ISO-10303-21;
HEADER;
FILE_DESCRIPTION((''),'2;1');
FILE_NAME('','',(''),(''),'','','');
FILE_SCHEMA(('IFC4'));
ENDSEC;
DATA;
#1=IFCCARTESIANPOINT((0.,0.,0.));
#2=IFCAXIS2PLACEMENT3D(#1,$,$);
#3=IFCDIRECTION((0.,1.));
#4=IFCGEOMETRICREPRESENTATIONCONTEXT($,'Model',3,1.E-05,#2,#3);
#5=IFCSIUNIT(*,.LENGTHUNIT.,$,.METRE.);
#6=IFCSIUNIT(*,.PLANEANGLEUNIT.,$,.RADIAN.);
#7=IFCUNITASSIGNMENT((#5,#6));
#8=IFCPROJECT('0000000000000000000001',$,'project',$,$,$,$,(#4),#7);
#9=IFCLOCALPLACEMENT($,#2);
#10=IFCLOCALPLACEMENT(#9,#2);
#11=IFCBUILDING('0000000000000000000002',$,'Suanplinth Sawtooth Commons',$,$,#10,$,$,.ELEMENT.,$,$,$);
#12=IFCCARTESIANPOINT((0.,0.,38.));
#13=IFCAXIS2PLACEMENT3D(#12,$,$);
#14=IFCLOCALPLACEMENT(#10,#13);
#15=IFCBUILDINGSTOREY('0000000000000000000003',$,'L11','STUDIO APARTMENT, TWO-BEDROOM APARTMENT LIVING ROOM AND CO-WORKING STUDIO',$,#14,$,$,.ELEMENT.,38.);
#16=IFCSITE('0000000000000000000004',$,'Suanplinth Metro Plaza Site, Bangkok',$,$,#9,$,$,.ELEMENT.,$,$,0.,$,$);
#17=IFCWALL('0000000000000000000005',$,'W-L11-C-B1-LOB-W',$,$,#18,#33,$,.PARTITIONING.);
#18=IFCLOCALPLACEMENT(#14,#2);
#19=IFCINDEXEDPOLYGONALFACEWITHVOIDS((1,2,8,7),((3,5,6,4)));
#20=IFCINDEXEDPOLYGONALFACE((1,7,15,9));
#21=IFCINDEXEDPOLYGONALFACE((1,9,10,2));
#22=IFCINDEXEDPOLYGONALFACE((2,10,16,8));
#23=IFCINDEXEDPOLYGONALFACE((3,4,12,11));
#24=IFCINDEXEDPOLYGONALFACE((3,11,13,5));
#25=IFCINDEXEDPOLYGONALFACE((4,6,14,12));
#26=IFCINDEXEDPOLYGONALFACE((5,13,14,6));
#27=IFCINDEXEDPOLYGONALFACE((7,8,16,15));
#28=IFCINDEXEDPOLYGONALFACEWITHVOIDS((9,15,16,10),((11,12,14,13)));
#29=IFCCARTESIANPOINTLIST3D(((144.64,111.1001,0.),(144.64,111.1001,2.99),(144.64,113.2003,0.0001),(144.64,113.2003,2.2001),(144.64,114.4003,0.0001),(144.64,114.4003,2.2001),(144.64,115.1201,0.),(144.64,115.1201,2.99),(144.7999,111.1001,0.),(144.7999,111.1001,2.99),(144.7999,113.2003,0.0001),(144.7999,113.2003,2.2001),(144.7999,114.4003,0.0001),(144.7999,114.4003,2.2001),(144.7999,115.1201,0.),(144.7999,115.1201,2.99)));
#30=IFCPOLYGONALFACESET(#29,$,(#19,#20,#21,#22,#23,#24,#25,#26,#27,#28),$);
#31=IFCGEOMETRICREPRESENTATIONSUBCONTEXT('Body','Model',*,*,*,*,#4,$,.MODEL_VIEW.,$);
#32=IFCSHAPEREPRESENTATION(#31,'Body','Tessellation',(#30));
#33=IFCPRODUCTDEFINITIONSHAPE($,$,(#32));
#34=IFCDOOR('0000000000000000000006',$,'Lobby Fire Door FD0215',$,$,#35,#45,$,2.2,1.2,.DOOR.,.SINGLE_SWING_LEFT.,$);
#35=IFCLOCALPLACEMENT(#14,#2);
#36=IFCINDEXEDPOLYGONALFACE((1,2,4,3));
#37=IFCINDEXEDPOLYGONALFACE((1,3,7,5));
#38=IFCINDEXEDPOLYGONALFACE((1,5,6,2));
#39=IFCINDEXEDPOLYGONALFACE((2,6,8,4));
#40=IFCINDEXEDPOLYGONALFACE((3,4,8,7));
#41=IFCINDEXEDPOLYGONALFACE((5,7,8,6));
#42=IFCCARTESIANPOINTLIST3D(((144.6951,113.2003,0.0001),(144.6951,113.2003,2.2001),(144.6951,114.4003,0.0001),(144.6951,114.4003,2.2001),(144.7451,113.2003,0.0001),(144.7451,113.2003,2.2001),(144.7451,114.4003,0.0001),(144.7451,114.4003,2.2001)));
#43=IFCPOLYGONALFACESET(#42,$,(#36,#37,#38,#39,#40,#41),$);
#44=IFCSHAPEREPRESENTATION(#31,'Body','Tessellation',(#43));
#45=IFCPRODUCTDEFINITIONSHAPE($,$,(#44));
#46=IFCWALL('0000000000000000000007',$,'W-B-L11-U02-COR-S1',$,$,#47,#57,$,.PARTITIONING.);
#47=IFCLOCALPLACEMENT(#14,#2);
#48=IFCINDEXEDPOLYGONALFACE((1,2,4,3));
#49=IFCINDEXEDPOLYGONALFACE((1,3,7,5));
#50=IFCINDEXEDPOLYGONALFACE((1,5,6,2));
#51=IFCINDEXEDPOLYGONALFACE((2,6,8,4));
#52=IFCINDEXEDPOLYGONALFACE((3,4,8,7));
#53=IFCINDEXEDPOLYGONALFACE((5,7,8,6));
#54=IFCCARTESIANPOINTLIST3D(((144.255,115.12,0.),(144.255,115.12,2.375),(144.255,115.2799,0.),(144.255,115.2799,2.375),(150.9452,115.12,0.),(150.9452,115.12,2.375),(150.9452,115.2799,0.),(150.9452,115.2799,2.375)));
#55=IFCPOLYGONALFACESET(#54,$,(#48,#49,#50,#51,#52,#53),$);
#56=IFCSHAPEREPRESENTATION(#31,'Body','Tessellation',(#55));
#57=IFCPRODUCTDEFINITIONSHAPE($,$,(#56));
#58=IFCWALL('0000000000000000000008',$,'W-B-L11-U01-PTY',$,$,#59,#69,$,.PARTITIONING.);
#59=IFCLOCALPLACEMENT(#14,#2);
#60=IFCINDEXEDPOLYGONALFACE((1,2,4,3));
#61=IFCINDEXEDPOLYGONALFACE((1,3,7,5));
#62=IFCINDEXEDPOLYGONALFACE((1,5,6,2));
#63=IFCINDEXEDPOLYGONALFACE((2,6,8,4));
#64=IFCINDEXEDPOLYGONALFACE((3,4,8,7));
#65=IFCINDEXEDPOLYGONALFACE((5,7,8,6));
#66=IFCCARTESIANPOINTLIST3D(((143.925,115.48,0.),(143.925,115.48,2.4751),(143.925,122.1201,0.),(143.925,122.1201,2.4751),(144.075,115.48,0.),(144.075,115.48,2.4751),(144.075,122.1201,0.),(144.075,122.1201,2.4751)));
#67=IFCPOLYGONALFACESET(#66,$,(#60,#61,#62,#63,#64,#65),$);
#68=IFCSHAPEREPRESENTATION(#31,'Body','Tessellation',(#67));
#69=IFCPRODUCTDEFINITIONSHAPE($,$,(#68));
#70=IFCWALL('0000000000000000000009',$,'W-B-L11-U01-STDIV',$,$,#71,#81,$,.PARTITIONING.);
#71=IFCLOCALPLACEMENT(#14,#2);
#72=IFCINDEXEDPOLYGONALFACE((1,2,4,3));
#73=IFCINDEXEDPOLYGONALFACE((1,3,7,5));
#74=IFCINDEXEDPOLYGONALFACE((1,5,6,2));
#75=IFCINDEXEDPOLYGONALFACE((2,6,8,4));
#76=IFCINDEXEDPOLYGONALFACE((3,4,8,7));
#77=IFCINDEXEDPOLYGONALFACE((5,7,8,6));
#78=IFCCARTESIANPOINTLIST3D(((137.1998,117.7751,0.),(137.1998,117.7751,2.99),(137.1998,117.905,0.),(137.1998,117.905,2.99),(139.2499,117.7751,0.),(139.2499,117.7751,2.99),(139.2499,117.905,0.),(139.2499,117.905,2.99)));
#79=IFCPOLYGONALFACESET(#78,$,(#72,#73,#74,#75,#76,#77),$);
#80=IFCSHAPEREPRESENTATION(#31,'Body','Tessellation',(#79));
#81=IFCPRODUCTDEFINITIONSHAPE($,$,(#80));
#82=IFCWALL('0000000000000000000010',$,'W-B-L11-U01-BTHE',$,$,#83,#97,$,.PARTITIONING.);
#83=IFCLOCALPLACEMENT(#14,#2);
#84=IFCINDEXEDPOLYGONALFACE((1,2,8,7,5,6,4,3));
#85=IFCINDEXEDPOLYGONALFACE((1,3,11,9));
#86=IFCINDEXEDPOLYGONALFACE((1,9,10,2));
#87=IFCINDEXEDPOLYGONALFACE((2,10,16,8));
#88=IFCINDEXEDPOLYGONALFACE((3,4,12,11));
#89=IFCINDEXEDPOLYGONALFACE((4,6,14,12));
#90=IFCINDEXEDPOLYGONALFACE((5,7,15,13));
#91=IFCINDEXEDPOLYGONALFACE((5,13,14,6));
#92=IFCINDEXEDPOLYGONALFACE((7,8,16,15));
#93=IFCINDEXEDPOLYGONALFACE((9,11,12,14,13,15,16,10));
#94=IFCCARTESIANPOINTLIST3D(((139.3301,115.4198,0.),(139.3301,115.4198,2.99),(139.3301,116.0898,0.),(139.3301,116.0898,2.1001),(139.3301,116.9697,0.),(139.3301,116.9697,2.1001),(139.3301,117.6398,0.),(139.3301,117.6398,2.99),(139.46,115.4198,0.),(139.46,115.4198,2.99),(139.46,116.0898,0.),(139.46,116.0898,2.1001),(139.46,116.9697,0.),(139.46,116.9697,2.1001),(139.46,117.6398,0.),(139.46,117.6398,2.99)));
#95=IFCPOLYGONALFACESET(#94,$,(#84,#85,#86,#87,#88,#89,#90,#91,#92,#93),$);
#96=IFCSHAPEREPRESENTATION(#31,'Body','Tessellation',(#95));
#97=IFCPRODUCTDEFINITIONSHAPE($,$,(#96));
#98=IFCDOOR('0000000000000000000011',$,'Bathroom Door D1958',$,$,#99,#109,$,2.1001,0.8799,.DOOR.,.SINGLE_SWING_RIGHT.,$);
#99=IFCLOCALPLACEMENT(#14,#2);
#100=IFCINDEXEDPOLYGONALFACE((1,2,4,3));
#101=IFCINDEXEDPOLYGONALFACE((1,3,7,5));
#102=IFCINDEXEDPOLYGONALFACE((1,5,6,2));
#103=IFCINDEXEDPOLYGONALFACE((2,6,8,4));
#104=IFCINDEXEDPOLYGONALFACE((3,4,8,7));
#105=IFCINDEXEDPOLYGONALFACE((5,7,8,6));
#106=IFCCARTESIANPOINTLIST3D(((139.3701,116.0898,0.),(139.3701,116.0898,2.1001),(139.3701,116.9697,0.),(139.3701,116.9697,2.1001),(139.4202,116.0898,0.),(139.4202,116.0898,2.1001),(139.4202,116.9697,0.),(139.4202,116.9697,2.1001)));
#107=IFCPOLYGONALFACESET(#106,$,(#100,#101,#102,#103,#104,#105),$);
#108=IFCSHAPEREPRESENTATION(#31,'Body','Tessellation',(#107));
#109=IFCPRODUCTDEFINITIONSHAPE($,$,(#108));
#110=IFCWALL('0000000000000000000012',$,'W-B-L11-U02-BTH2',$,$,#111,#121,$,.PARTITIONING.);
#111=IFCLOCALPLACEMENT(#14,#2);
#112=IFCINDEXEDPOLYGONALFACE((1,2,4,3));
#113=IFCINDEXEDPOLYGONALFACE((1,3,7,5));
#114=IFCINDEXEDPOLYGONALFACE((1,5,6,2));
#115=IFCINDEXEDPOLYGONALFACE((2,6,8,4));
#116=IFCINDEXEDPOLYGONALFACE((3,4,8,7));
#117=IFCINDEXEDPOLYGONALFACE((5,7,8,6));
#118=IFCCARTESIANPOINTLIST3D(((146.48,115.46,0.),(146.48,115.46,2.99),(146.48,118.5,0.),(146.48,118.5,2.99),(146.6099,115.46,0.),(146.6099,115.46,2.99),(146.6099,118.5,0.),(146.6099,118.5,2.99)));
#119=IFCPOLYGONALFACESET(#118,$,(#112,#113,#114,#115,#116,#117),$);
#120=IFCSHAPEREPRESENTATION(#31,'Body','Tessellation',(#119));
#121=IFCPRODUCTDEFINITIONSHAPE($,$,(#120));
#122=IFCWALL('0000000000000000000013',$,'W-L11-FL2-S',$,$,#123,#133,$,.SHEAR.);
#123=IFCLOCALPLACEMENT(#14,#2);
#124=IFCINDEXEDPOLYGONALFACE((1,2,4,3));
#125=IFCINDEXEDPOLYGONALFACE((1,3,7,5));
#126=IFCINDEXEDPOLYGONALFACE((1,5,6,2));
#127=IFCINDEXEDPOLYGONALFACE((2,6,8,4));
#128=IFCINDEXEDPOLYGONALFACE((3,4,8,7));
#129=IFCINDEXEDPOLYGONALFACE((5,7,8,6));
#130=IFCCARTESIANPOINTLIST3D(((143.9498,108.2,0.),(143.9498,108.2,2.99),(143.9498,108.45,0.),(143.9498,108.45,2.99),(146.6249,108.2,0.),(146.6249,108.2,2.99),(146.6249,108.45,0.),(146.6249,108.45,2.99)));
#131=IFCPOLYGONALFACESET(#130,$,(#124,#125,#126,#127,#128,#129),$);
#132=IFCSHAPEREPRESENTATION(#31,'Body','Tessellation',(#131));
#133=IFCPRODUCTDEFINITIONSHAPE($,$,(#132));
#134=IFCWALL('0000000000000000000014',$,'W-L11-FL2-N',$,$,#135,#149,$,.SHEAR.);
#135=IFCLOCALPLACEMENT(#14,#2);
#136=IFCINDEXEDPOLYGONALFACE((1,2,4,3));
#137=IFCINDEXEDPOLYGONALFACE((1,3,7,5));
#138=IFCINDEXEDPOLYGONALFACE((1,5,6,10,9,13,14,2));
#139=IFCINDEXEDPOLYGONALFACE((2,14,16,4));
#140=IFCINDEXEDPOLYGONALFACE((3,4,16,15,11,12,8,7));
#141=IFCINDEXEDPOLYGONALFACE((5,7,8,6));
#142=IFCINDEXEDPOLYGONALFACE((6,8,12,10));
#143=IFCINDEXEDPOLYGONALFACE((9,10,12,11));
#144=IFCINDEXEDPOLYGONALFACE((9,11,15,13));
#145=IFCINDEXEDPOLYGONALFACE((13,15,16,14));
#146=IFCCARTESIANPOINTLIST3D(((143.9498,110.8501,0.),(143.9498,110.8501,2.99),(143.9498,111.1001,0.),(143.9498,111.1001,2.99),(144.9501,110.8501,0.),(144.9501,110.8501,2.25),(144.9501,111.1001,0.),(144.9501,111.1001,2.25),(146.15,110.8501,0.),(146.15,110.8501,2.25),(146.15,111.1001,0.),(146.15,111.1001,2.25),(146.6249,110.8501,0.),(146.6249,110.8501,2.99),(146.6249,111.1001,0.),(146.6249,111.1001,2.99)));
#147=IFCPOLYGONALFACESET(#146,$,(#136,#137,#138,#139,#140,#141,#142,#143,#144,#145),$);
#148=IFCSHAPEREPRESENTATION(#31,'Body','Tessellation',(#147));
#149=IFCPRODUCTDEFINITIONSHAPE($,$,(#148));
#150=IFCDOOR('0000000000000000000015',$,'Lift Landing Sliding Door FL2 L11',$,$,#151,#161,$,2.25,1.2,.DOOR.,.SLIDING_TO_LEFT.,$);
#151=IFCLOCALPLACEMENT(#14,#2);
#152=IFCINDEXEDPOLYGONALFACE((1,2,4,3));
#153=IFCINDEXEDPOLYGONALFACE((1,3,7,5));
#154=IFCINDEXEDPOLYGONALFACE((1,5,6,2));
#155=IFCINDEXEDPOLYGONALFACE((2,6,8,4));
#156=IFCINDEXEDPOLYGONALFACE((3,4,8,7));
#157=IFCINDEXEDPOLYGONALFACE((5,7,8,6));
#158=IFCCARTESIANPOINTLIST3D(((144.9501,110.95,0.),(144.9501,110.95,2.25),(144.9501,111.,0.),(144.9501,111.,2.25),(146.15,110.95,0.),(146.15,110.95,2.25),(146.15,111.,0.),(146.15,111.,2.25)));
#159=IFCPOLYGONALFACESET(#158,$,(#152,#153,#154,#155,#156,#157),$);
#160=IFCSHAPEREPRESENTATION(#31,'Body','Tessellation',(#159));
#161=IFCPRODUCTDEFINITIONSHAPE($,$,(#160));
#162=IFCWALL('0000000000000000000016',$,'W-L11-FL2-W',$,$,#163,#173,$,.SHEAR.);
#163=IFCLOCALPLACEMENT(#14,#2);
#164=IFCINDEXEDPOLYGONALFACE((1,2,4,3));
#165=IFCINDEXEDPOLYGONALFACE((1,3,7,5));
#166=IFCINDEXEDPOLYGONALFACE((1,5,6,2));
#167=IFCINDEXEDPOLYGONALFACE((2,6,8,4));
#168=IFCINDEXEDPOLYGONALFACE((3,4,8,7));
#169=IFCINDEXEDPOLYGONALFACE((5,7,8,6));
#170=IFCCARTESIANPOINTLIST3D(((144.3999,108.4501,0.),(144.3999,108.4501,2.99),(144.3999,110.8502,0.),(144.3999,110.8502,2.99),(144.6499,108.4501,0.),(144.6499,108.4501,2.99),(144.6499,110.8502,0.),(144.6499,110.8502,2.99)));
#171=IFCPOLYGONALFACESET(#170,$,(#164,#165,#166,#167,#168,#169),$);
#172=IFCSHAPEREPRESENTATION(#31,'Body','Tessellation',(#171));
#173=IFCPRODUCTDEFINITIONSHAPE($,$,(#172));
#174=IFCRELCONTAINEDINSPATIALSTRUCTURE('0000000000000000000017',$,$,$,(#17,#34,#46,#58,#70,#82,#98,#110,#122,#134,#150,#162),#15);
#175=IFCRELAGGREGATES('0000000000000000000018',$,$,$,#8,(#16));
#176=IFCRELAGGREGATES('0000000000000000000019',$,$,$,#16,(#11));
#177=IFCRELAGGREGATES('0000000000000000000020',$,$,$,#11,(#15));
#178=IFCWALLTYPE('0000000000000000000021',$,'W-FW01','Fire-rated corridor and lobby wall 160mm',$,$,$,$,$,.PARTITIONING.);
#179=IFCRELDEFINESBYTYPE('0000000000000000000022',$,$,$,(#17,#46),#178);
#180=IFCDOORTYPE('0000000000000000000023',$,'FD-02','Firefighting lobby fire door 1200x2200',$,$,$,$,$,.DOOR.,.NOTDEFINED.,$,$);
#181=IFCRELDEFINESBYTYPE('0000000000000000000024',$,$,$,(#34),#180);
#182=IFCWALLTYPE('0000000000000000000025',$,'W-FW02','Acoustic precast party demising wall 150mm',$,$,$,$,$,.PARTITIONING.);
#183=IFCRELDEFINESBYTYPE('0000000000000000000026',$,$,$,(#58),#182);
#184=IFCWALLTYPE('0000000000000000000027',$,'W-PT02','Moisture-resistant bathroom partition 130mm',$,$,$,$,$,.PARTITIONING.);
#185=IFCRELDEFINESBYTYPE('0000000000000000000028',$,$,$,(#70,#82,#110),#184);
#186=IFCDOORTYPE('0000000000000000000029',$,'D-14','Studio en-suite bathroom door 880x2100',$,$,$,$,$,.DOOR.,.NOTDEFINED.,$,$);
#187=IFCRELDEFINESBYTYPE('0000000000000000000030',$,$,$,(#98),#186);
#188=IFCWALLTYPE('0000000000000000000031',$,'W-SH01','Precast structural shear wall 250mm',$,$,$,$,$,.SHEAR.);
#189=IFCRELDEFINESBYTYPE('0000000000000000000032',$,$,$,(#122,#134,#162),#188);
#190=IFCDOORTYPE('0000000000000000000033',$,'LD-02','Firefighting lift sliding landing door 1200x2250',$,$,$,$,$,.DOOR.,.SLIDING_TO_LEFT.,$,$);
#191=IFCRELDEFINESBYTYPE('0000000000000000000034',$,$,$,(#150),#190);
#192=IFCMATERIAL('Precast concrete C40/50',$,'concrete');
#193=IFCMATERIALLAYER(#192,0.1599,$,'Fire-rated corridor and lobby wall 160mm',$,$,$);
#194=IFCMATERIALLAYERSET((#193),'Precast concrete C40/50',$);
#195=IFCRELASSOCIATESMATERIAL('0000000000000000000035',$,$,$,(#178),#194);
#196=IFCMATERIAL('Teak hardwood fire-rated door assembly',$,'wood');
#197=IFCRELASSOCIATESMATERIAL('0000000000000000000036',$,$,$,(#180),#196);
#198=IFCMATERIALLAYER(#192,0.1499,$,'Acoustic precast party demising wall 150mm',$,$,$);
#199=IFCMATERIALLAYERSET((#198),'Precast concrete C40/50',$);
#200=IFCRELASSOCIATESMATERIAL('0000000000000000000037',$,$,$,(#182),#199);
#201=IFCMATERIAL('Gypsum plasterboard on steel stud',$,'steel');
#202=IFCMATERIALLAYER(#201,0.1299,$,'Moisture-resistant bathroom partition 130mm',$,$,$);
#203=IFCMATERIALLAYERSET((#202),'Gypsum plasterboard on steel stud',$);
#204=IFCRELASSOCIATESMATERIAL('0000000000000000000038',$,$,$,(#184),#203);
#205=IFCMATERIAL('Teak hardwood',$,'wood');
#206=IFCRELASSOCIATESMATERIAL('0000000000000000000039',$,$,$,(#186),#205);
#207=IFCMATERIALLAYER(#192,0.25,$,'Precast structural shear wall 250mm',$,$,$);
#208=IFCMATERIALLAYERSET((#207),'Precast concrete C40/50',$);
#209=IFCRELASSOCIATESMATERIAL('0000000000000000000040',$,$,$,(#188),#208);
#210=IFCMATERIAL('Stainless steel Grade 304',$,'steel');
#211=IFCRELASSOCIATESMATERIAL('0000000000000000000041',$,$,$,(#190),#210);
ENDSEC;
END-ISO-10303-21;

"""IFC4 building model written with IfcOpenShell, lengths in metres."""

from ifc_helpers import new_model, si_unit, direction, frame, frame_2d, origin, place, context, subcontext, project, spatial, rectangle, extrude, material, layer, layer_set, type_object, element, fill, save


model = new_model("IFC4")

# Units and contexts
model_context = context("Model", 3, precision=1e-05, world=origin(), true_north=direction((0.0, 1.0)))
body_context = subcontext(model_context, "Body", "Model", "MODEL_VIEW")
ifc_project = project(units=[si_unit("LENGTHUNIT", "METRE"), si_unit("PLANEANGLEUNIT", "RADIAN")], contexts=[model_context])

# Site, building, storey
site_placement = place(None, origin())
site = spatial("IfcSite", under=ifc_project, at=site_placement, Name="Suanplinth Metro Plaza Site, Bangkok", CompositionType="ELEMENT", RefElevation=0.0)
building_placement = place(site_placement, origin())
building = spatial("IfcBuilding", under=site, at=building_placement, Name="Suanplinth Sawtooth Commons", CompositionType="ELEMENT")
storey_placement = place(building_placement, frame((0.0, 0.0, 38.0)))
storey = spatial("IfcBuildingStorey", under=building, at=storey_placement, Name="L11", Description="STUDIO APARTMENT, TWO-BEDROOM APARTMENT LIVING ROOM AND CO-WORKING STUDIO", CompositionType="ELEMENT", Elevation=38.0)

# Shared definitions
ifc_material_1 = material(Name="Precast concrete C40/50", Category="concrete")

# Shared definitions
ifc_material_2 = material(Name="Teak hardwood fire-rated door assembly", Category="wood")

# Wall, opening, door
ifc_layer_1 = layer(ifc_material_1, 0.1599, Name="Fire-rated corridor and lobby wall 160mm")
ifc_layer_set_1 = layer_set([ifc_layer_1], Name="Precast concrete C40/50")
wall_type_1 = type_object("IfcWallType", Name="W-FW01", Description="Fire-rated corridor and lobby wall 160mm", PredefinedType="PARTITIONING", material=ifc_layer_set_1)
wall_1_placement = place(storey_placement, frame((144.72, 111.1001, 0.0), z_axis=(0.0, 0.0, 1.0), x_axis=(0.0, 1.0, 0.0)))
wall_1 = element("IfcWall", 1, at=wall_1_placement, inside=storey, type_object=wall_type_1, Name="W-L11-C-B1-LOB-W", PredefinedType="PARTITIONING", context=body_context, shape_type="SweptSolid", body=[
    extrude(rectangle(XDim=4.02, YDim=0.1599, at=frame_2d((2.01, 0.0))), origin(), (0.0, 0.0, 1.0), 2.99),
])
opening_1_placement = place(wall_1_placement, frame((2.1001, 0.0, 0.0)))
opening_1 = element("IfcOpeningElement", 2, at=opening_1_placement, cuts=wall_1, PredefinedType="OPENING", context=body_context, shape_type="SweptSolid", body=[
    extrude(rectangle(XDim=1.2, YDim=2.2, at=frame_2d((0.6001, 1.1001))), frame((0.0, 0.0947, 0.0), z_axis=(0.0, -1.0, 0.0), x_axis=(1.0, 0.0, 0.0)), (0.0, 0.0, 1.0), 0.1897),
])
door_type_1 = type_object("IfcDoorType", Name="FD-02", Description="Firefighting lobby fire door 1200x2200", OperationType="NOTDEFINED", PredefinedType="DOOR", material=ifc_material_2)
door_1_placement = place(opening_1_placement, origin())
door_1 = element("IfcDoor", 3, at=door_1_placement, inside=storey, type_object=door_type_1, Name="Lobby Fire Door FD0215", OperationType="SINGLE_SWING_LEFT", OverallHeight=2.2, OverallWidth=1.2, PredefinedType="DOOR", context=body_context, shape_type="SweptSolid", body=[
    extrude(rectangle(XDim=1.2, YDim=2.2, at=frame_2d((0.6001, 1.1001))), frame((0.0, 0.0249, 0.0), z_axis=(0.0, -1.0, 0.0), x_axis=(1.0, 0.0, 0.0)), (0.0, 0.0, 1.0), 0.05),
])
fill(opening_1, door_1)

# Walls
wall_2_placement = place(storey_placement, frame((144.2549, 115.2, 0.0), z_axis=(0.0, 0.0, 1.0), x_axis=(1.0, 0.0, 0.0)))
element("IfcWall", 4, at=wall_2_placement, inside=storey, type_object=wall_type_1, Name="W-B-L11-U02-COR-S1", PredefinedType="PARTITIONING", context=body_context, shape_type="SweptSolid", body=[
    extrude(rectangle(XDim=6.6902, YDim=0.1599, at=frame_2d((3.3452, 0.0))), origin(), (0.0, 0.0, 1.0), 2.375),
])
ifc_layer_2 = layer(ifc_material_1, 0.1499, Name="Acoustic precast party demising wall 150mm")
ifc_layer_set_2 = layer_set([ifc_layer_2], Name="Precast concrete C40/50")
wall_type_2 = type_object("IfcWallType", Name="W-FW02", Description="Acoustic precast party demising wall 150mm", PredefinedType="PARTITIONING", material=ifc_layer_set_2)
wall_3_placement = place(storey_placement, frame((144.0, 115.48, 0.0), z_axis=(0.0, 0.0, 1.0), x_axis=(0.0, 1.0, 0.0)))
element("IfcWall", 5, at=wall_3_placement, inside=storey, type_object=wall_type_2, Name="W-B-L11-U01-PTY", PredefinedType="PARTITIONING", context=body_context, shape_type="SweptSolid", body=[
    extrude(rectangle(XDim=6.6401, YDim=0.1499, at=frame_2d((3.3201, 0.0))), origin(), (0.0, 0.0, 1.0), 2.4751),
])
ifc_material_3 = material(Name="Gypsum plasterboard on steel stud", Category="steel")
ifc_layer_3 = layer(ifc_material_3, 0.1299, Name="Moisture-resistant bathroom partition 130mm")
ifc_layer_set_3 = layer_set([ifc_layer_3], Name="Gypsum plasterboard on steel stud")
wall_type_3 = type_object("IfcWallType", Name="W-PT02", Description="Moisture-resistant bathroom partition 130mm", PredefinedType="PARTITIONING", material=ifc_layer_set_3)
wall_4_placement = place(storey_placement, frame((137.2, 117.8401, 0.0), z_axis=(0.0, 0.0, 1.0), x_axis=(1.0, 0.0, 0.0)))
element("IfcWall", 6, at=wall_4_placement, inside=storey, type_object=wall_type_3, Name="W-B-L11-U01-STDIV", PredefinedType="PARTITIONING", context=body_context, shape_type="SweptSolid", body=[
    extrude(rectangle(XDim=2.05, YDim=0.1299, at=frame_2d((1.0249, 0.0))), origin(), (0.0, 0.0, 1.0), 2.99),
])

# Wall, opening, door
wall_5_placement = place(storey_placement, frame((139.395, 115.4199, 0.0), z_axis=(0.0, 0.0, 1.0), x_axis=(0.0, 1.0, 0.0)))
wall_5 = element("IfcWall", 7, at=wall_5_placement, inside=storey, type_object=wall_type_3, Name="W-B-L11-U01-BTHE", PredefinedType="PARTITIONING", context=body_context, shape_type="SweptSolid", body=[
    extrude(rectangle(XDim=2.22, YDim=0.1299, at=frame_2d((1.1099, 0.0))), origin(), (0.0, 0.0, 1.0), 2.99),
])
opening_2_placement = place(wall_5_placement, frame((0.6699, 0.0, 0.0)))
opening_2 = element("IfcOpeningElement", 8, at=opening_2_placement, cuts=wall_5, PredefinedType="OPENING", context=body_context, shape_type="SweptSolid", body=[
    extrude(rectangle(XDim=0.8799, YDim=2.1001, at=frame_2d((0.4399, 1.05))), frame((0.0, 0.0798, 0.0), z_axis=(0.0, -1.0, 0.0), x_axis=(1.0, 0.0, 0.0)), (0.0, 0.0, 1.0), 0.1597),
])
ifc_material_4 = material(Name="Teak hardwood", Category="wood")
door_type_2 = type_object("IfcDoorType", Name="D-14", Description="Studio en-suite bathroom door 880x2100", OperationType="NOTDEFINED", PredefinedType="DOOR", material=ifc_material_4)
door_2_placement = place(opening_2_placement, origin())
door_2 = element("IfcDoor", 9, at=door_2_placement, inside=storey, type_object=door_type_2, Name="Bathroom Door D1958", OperationType="SINGLE_SWING_RIGHT", OverallHeight=2.1001, OverallWidth=0.8799, PredefinedType="DOOR", context=body_context, shape_type="SweptSolid", body=[
    extrude(rectangle(XDim=0.8799, YDim=2.1001, at=frame_2d((0.4399, 1.05))), frame((0.0, 0.0249, 0.0), z_axis=(0.0, -1.0, 0.0), x_axis=(1.0, 0.0, 0.0)), (0.0, 0.0, 1.0), 0.05),
])
fill(opening_2, door_2)

# Walls
wall_6_placement = place(storey_placement, frame((146.5449, 115.46, 0.0), z_axis=(0.0, 0.0, 1.0), x_axis=(0.0, 1.0, 0.0)))
element("IfcWall", 10, at=wall_6_placement, inside=storey, type_object=wall_type_3, Name="W-B-L11-U02-BTH2", PredefinedType="PARTITIONING", context=body_context, shape_type="SweptSolid", body=[
    extrude(rectangle(XDim=3.04, YDim=0.1299, at=frame_2d((1.52, 0.0))), origin(), (0.0, 0.0, 1.0), 2.99),
])
ifc_layer_4 = layer(ifc_material_1, 0.25, Name="Precast structural shear wall 250mm")
ifc_layer_set_4 = layer_set([ifc_layer_4], Name="Precast concrete C40/50")
wall_type_4 = type_object("IfcWallType", Name="W-SH01", Description="Precast structural shear wall 250mm", PredefinedType="SHEAR", material=ifc_layer_set_4)
wall_7_placement = place(storey_placement, frame((143.95, 108.325, 0.0), z_axis=(0.0, 0.0, 1.0), x_axis=(1.0, 0.0, 0.0)))
element("IfcWall", 11, at=wall_7_placement, inside=storey, type_object=wall_type_4, Name="W-L11-FL2-S", PredefinedType="SHEAR", context=body_context, shape_type="SweptSolid", body=[
    extrude(rectangle(XDim=2.675, YDim=0.25, at=frame_2d((1.3374, 0.0))), origin(), (0.0, 0.0, 1.0), 2.99),
])

# Wall, opening, door
wall_8_placement = place(storey_placement, frame((143.95, 110.9751, 0.0), z_axis=(0.0, 0.0, 1.0), x_axis=(1.0, 0.0, 0.0)))
wall_8 = element("IfcWall", 12, at=wall_8_placement, inside=storey, type_object=wall_type_4, Name="W-L11-FL2-N", PredefinedType="SHEAR", context=body_context, shape_type="SweptSolid", body=[
    extrude(rectangle(XDim=2.675, YDim=0.25, at=frame_2d((1.3374, 0.0))), origin(), (0.0, 0.0, 1.0), 2.99),
])
opening_3_placement = place(wall_8_placement, frame((1.0, 0.0, 0.0)))
opening_3 = element("IfcOpeningElement", 13, at=opening_3_placement, cuts=wall_8, PredefinedType="OPENING", context=body_context, shape_type="SweptSolid", body=[
    extrude(rectangle(XDim=1.2, YDim=2.25, at=frame_2d((0.6001, 1.125))), frame((0.0, 0.1399, 0.0), z_axis=(0.0, -1.0, 0.0), x_axis=(1.0, 0.0, 0.0)), (0.0, 0.0, 1.0), 0.2798),
])
ifc_material_5 = material(Name="Stainless steel Grade 304", Category="steel")
door_type_3 = type_object("IfcDoorType", Name="LD-02", Description="Firefighting lift sliding landing door 1200x2250", OperationType="SLIDING_TO_LEFT", PredefinedType="DOOR", material=ifc_material_5)
door_3_placement = place(opening_3_placement, origin())
door_3 = element("IfcDoor", 14, at=door_3_placement, inside=storey, type_object=door_type_3, Name="Lift Landing Sliding Door FL2 L11", OperationType="SLIDING_TO_LEFT", OverallHeight=2.25, OverallWidth=1.2, PredefinedType="DOOR", context=body_context, shape_type="SweptSolid", body=[
    extrude(rectangle(XDim=1.2, YDim=2.25, at=frame_2d((0.6001, 1.125))), frame((0.0, 0.0249, 0.0), z_axis=(0.0, -1.0, 0.0), x_axis=(1.0, 0.0, 0.0)), (0.0, 0.0, 1.0), 0.05),
])
fill(opening_3, door_3)

# Wall
wall_9_placement = place(storey_placement, frame((144.5249, 108.45, 0.0), z_axis=(0.0, 0.0, 1.0), x_axis=(0.0, 1.0, 0.0)))
element("IfcWall", 15, at=wall_9_placement, inside=storey, type_object=wall_type_4, Name="W-L11-FL2-W", PredefinedType="SHEAR", context=body_context, shape_type="SweptSolid", body=[
    extrude(rectangle(XDim=2.4001, YDim=0.25, at=frame_2d((1.2002, 0.0))), origin(), (0.0, 0.0, 1.0), 2.99),
])

save(model, "model.ifc")
